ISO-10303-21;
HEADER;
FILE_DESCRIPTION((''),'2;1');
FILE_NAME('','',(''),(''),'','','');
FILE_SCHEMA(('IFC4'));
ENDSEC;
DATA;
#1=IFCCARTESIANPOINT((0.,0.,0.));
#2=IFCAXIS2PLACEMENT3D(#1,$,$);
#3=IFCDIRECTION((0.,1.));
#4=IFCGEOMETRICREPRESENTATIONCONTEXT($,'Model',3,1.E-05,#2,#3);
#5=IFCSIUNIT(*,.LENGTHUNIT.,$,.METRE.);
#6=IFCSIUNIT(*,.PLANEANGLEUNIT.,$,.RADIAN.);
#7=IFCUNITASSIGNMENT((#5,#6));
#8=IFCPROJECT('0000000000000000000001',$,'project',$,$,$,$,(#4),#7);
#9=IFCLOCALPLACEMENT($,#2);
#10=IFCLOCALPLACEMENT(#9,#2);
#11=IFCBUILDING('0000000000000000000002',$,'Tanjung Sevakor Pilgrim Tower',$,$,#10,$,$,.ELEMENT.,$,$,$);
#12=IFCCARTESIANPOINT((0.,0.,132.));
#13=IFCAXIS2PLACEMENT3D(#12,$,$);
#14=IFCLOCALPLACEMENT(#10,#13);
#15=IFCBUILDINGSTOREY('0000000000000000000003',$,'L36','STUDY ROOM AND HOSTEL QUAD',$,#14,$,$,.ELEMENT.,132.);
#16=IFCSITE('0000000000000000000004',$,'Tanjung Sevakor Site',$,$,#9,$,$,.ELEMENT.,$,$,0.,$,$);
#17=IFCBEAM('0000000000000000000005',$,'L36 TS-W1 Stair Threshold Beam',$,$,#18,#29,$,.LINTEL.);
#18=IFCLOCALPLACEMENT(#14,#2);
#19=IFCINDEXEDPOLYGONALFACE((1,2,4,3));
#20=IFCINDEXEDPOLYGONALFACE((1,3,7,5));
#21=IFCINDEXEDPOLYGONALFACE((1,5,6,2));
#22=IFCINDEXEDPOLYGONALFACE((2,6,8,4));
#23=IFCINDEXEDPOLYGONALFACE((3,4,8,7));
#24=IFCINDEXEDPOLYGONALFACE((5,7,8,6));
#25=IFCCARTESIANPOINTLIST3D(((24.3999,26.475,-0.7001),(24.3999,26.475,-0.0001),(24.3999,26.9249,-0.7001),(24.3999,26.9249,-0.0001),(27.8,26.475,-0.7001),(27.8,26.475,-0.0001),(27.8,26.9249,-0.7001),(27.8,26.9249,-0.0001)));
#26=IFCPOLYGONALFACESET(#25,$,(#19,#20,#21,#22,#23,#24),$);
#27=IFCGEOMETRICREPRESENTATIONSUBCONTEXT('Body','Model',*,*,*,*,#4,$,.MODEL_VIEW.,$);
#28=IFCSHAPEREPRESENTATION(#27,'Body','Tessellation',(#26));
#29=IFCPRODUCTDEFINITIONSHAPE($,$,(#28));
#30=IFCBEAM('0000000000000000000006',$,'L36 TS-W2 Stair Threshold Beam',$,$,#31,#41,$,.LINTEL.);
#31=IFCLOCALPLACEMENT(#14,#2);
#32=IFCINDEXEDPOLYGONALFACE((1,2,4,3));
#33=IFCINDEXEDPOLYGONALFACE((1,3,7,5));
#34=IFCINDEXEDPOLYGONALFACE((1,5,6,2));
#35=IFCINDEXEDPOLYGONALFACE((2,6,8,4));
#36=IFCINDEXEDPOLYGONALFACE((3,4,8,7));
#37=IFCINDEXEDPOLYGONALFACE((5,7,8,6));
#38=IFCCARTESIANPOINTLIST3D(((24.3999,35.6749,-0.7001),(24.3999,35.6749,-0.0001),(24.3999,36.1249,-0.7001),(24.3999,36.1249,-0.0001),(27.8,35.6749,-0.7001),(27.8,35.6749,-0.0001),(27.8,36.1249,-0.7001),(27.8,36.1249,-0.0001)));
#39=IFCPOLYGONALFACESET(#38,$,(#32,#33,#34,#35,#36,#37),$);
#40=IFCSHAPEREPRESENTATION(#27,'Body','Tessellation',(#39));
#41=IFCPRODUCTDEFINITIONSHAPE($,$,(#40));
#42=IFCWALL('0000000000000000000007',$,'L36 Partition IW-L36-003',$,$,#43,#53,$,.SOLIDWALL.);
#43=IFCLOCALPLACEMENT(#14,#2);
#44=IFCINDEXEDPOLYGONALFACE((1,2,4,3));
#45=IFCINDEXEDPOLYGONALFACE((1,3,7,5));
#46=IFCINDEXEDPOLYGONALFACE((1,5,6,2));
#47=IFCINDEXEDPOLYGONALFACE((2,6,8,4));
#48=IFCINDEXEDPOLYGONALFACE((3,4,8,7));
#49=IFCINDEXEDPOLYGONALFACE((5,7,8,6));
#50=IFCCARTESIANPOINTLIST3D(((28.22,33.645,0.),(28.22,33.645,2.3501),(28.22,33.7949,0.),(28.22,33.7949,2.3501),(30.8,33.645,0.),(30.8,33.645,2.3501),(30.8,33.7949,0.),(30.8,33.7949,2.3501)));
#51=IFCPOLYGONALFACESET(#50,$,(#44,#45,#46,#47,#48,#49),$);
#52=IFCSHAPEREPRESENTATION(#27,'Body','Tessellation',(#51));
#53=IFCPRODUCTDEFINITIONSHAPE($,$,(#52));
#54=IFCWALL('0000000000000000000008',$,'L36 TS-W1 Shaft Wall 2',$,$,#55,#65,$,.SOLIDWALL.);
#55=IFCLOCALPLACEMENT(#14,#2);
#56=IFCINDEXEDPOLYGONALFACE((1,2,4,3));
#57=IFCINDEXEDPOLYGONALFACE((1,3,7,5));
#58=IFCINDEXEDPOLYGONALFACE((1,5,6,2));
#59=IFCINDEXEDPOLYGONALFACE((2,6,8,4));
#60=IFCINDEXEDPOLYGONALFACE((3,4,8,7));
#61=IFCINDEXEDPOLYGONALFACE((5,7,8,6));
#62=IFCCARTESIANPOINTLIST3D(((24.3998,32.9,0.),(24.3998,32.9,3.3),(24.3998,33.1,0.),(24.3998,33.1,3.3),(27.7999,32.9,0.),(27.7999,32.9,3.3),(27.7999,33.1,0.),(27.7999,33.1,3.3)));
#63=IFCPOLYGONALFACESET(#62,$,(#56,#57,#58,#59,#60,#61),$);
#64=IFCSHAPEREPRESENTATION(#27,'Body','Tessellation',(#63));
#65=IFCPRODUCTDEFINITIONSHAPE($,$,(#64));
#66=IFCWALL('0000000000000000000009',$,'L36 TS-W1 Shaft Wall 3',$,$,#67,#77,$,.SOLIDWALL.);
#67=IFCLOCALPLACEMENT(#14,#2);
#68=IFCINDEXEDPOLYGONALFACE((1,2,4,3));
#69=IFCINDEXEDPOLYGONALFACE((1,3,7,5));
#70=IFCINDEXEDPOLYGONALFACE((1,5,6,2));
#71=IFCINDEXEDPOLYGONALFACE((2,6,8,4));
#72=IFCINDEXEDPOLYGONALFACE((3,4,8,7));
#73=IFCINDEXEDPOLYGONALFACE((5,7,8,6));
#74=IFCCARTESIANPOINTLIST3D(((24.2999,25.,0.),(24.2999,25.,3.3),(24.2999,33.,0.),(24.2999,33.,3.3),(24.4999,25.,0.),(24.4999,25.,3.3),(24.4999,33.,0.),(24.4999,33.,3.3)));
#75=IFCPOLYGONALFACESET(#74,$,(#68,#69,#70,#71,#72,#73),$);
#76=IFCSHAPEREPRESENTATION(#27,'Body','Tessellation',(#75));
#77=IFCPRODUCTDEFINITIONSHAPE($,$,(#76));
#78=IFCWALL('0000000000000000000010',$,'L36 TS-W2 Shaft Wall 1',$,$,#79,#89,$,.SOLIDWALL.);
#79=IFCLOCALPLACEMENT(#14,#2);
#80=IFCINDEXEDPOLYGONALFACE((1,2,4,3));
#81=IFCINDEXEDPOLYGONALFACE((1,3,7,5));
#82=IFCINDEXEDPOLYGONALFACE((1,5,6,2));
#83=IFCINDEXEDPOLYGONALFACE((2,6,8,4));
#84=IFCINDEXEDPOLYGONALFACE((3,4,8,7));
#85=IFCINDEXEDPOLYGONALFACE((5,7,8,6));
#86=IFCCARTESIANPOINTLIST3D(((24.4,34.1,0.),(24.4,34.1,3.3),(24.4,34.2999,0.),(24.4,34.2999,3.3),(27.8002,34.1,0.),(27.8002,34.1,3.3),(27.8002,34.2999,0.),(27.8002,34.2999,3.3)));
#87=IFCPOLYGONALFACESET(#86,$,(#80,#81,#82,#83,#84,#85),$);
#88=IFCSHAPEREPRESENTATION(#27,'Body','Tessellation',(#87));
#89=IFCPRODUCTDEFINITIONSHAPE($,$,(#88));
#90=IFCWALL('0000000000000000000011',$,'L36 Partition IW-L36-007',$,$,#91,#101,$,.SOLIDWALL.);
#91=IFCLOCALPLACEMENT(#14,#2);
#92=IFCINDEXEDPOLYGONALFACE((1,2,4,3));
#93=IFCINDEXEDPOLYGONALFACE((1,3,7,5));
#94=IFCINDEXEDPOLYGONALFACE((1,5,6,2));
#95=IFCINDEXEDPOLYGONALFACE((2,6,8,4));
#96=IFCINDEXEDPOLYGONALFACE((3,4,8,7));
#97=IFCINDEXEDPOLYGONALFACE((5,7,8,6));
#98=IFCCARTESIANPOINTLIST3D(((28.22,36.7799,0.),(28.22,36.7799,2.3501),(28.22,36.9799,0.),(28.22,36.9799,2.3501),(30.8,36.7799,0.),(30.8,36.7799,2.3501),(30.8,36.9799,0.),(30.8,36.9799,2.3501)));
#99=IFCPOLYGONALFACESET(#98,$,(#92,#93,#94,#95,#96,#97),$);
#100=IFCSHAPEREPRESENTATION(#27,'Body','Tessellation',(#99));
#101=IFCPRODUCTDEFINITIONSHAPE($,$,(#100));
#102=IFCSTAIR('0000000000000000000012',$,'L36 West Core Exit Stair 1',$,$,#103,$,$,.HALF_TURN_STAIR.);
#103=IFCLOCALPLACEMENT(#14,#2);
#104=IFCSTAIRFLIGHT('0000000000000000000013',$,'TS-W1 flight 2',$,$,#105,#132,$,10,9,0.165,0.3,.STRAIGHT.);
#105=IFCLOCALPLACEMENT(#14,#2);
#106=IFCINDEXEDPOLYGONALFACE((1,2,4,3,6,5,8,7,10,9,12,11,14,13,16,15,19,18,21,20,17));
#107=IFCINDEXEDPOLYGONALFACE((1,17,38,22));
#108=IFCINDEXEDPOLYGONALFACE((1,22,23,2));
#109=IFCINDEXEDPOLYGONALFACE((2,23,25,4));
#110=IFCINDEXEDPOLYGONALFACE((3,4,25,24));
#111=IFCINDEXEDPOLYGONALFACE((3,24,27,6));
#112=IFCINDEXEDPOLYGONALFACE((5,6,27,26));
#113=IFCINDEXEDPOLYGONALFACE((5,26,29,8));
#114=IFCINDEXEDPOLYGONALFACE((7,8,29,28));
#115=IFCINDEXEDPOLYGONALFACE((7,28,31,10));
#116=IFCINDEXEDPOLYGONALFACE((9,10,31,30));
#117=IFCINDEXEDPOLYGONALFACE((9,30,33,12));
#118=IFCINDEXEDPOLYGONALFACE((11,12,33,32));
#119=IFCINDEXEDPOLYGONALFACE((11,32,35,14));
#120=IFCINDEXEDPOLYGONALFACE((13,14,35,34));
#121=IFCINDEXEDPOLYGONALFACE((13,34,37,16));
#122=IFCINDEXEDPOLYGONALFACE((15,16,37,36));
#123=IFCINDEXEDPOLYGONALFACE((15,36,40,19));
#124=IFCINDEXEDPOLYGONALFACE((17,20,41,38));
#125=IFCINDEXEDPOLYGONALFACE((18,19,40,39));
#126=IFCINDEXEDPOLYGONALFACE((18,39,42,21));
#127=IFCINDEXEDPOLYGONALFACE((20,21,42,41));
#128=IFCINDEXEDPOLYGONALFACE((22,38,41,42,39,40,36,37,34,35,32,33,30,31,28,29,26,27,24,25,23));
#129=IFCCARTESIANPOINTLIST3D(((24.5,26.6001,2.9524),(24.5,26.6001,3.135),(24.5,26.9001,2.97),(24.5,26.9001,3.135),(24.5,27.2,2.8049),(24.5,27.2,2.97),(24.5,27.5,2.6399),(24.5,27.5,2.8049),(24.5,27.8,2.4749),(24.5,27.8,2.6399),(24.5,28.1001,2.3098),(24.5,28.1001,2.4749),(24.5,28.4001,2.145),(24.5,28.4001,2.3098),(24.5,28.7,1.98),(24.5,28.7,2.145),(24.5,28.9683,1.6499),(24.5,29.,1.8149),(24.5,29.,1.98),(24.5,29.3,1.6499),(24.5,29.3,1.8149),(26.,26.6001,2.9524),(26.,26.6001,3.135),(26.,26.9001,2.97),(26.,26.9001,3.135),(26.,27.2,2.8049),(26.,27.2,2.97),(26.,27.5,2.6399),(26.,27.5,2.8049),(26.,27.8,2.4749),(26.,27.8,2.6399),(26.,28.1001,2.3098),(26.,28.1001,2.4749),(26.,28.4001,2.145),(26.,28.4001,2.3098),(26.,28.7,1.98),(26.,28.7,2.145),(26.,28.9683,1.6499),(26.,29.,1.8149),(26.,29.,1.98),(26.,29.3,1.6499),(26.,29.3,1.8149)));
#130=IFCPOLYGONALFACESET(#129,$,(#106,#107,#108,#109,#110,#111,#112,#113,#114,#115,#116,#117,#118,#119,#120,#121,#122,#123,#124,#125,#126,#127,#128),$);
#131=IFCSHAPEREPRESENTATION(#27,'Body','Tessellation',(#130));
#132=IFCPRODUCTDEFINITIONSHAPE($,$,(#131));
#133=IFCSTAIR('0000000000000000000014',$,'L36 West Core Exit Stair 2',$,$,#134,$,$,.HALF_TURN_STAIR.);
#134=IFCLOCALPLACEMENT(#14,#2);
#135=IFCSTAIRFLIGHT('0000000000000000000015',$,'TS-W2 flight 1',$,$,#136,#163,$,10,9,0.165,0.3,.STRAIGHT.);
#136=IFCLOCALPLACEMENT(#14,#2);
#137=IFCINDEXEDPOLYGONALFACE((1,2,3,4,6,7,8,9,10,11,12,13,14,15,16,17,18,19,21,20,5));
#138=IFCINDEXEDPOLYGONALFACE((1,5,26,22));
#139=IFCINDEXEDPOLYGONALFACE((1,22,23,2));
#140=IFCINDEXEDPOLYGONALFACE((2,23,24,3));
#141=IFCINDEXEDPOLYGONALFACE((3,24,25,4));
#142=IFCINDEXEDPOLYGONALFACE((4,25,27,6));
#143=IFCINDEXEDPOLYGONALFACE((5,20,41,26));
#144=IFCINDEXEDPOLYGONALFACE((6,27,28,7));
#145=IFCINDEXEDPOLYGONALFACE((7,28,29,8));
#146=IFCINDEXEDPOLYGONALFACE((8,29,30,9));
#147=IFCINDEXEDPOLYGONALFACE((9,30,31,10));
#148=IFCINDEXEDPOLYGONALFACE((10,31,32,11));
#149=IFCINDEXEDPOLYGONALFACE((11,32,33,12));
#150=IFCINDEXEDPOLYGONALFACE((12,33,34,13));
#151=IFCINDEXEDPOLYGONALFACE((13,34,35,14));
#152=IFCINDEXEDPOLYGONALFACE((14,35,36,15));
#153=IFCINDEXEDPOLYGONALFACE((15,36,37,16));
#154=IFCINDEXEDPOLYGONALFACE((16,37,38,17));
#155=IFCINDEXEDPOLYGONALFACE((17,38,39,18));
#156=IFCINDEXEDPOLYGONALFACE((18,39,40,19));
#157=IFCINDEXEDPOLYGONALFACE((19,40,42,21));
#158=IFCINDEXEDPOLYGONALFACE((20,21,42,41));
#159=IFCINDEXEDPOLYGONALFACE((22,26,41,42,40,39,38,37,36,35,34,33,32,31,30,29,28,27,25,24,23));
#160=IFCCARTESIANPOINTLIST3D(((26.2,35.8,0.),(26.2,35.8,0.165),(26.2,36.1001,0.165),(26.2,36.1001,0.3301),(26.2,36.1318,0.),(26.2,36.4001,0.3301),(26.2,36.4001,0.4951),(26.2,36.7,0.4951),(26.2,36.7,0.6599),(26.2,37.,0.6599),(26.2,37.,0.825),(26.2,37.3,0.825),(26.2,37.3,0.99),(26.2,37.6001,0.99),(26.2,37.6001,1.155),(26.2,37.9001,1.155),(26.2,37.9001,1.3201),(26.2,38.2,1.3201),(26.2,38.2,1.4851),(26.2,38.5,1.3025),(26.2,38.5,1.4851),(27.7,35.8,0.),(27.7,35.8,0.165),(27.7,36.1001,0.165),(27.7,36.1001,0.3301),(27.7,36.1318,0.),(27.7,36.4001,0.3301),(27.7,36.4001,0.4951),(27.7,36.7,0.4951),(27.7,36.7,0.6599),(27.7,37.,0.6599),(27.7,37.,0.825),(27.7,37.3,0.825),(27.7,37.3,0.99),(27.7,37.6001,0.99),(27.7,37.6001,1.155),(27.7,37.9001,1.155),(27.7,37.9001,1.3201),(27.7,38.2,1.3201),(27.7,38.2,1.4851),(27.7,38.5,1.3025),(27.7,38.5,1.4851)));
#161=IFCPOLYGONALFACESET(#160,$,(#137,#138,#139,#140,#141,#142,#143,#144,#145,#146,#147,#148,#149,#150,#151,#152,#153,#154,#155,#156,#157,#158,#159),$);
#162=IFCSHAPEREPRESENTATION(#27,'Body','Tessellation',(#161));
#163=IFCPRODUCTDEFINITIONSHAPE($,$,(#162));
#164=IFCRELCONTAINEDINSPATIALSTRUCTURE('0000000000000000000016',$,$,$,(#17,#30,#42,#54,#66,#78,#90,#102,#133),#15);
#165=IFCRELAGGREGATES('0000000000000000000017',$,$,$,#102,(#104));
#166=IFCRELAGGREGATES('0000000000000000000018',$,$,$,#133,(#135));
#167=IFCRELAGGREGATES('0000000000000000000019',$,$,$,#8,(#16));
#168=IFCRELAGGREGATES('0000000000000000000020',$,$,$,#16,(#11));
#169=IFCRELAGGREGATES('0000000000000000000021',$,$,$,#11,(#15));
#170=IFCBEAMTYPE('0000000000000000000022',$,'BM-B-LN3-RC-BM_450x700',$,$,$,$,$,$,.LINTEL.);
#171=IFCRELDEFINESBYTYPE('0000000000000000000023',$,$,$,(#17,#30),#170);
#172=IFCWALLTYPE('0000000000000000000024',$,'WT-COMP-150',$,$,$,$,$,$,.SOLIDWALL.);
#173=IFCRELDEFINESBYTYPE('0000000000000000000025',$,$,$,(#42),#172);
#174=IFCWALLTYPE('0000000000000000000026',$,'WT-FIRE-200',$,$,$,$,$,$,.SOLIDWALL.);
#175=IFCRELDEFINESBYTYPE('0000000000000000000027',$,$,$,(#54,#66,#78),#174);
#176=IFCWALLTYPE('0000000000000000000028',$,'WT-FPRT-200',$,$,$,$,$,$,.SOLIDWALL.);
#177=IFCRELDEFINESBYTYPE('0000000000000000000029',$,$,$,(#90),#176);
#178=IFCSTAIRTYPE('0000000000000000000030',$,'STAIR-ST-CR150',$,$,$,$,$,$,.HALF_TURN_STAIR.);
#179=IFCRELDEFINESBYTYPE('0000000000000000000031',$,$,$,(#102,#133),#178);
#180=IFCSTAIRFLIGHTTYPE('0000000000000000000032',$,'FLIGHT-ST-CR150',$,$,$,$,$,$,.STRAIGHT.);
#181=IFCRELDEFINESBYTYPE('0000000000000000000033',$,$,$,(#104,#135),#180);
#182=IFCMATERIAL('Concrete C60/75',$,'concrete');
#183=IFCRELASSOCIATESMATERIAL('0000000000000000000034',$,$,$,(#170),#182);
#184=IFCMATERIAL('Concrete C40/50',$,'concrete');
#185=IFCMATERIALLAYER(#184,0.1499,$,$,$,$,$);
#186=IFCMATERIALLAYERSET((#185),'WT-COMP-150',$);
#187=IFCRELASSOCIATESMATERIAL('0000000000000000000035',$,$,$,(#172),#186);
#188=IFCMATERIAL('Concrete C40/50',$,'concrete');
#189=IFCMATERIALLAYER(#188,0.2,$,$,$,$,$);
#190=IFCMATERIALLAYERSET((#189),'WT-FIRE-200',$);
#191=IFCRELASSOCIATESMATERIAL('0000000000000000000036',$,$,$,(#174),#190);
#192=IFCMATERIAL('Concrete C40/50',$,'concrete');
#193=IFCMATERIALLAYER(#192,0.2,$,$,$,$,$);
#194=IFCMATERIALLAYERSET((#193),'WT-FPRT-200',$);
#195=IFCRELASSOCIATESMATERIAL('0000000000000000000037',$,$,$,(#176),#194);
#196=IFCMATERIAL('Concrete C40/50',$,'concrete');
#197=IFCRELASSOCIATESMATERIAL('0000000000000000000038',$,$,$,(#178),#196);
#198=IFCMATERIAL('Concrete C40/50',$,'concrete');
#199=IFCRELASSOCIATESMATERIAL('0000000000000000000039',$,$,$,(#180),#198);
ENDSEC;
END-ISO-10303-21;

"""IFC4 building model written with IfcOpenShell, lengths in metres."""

from ifc_helpers import new_model, si_unit, direction, frame, frame_2d, origin, origin_2d, place, context, subcontext, project, spatial, polyline, rectangle, outline, extrude, material, layer, layer_set, material_profile, profile_set, type_object, element, aggregate, save


model = new_model("IFC4")

# Units and contexts
model_context = context("Model", 3, precision=1e-05, world=origin(), true_north=direction((0.0, 1.0)))
body_context = subcontext(model_context, "Body", "Model", "MODEL_VIEW")
ifc_project = project(units=[si_unit("LENGTHUNIT", "METRE"), si_unit("PLANEANGLEUNIT", "RADIAN")], contexts=[model_context])

# Site, building, storey
site_placement = place(None, origin())
site = spatial("IfcSite", under=ifc_project, at=site_placement, Name="Tanjung Sevakor Site", CompositionType="ELEMENT", RefElevation=0.0)
building_placement = place(site_placement, origin())
building = spatial("IfcBuilding", under=site, at=building_placement, Name="Tanjung Sevakor Pilgrim Tower", CompositionType="ELEMENT")
storey_placement = place(building_placement, frame((0.0, 0.0, 132.0)))
storey = spatial("IfcBuildingStorey", under=building, at=storey_placement, Name="L36", Description="STUDY ROOM AND HOSTEL QUAD", CompositionType="ELEMENT", Elevation=132.0)

# Beams
ifc_material_1 = material(Name="Concrete C60/75", Category="concrete")
ifc_material_profile = material_profile(ifc_material_1, rectangle(XDim=0.45, YDim=0.7, at=origin_2d()))
ifc_profile_set = profile_set([ifc_material_profile], Name="Concrete C60/75")
beam_type = type_object("IfcBeamType", Name="BM-B-LN3-RC-BM_450x700", PredefinedType="LINTEL", material=ifc_profile_set)
for number, where, z_axis, x_axis, name in (
    (1, (24.3999, 26.7, -0.3501), (1.0, 0.0, 0.0), (0.0, 1.0, 0.0), "L36 TS-W1 Stair Threshold Beam"),
    (2, (24.3999, 35.8999, -0.3501), (1.0, 0.0, 0.0), (0.0, 1.0, 0.0), "L36 TS-W2 Stair Threshold Beam"),
):
    element("IfcBeam", number, at=place(storey_placement, frame(where, z_axis=z_axis, x_axis=x_axis)), inside=storey, type_object=beam_type, Name=name, PredefinedType="LINTEL", context=body_context, shape_type="SweptSolid", body=[
        extrude(rectangle(XDim=0.45, YDim=0.7, at=origin_2d()), origin(), (0.0, 0.0, 1.0), 3.4001),
    ])

# Walls
ifc_material_2 = material(Name="Concrete C40/50", Category="concrete")
ifc_layer_1 = layer(ifc_material_2, 0.1499)
ifc_layer_set_1 = layer_set([ifc_layer_1], Name="WT-COMP-150")
wall_type_1 = type_object("IfcWallType", Name="WT-COMP-150", PredefinedType="SOLIDWALL", material=ifc_layer_set_1)
wall_1_placement = place(storey_placement, frame((28.22, 33.72, 0.0), z_axis=(0.0, 0.0, 1.0), x_axis=(1.0, 0.0, 0.0)))
element("IfcWall", 3, at=wall_1_placement, inside=storey, type_object=wall_type_1, Name="L36 Partition IW-L36-003", PredefinedType="SOLIDWALL", context=body_context, shape_type="SweptSolid", body=[
    extrude(rectangle(XDim=2.5801, YDim=0.1499, at=frame_2d((1.29, 0.0))), origin(), (0.0, 0.0, 1.0), 2.3501),
])
ifc_material_3 = material(Name="Concrete C40/50", Category="concrete")
ifc_layer_2 = layer(ifc_material_3, 0.2)
ifc_layer_set_2 = layer_set([ifc_layer_2], Name="WT-FIRE-200")
wall_type_2 = type_object("IfcWallType", Name="WT-FIRE-200", PredefinedType="SOLIDWALL", material=ifc_layer_set_2)
wall_2_placement = place(storey_placement, frame((27.8, 33.0, 0.0), z_axis=(0.0, 0.0, 1.0), x_axis=(-1.0, 0.0, 0.0)))
element("IfcWall", 4, at=wall_2_placement, inside=storey, type_object=wall_type_2, Name="L36 TS-W1 Shaft Wall 2", PredefinedType="SOLIDWALL", context=body_context, shape_type="SweptSolid", body=[
    extrude(rectangle(XDim=3.4001, YDim=0.2, at=frame_2d((1.7002, 0.0))), origin(), (0.0, 0.0, 1.0), 3.3),
])
wall_3_placement = place(storey_placement, frame((24.3999, 33.0, 0.0), z_axis=(0.0, 0.0, 1.0), x_axis=(0.0, -1.0, 0.0)))
element("IfcWall", 5, at=wall_3_placement, inside=storey, type_object=wall_type_2, Name="L36 TS-W1 Shaft Wall 3", PredefinedType="SOLIDWALL", context=body_context, shape_type="SweptSolid", body=[
    extrude(rectangle(XDim=8.0, YDim=0.2, at=frame_2d((4.0, 0.0))), origin(), (0.0, 0.0, 1.0), 3.3),
])
wall_4_placement = place(storey_placement, frame((24.3999, 34.2, 0.0), z_axis=(0.0, 0.0, 1.0), x_axis=(1.0, 0.0, 0.0)))
element("IfcWall", 6, at=wall_4_placement, inside=storey, type_object=wall_type_2, Name="L36 TS-W2 Shaft Wall 1", PredefinedType="SOLIDWALL", context=body_context, shape_type="SweptSolid", body=[
    extrude(rectangle(XDim=3.4001, YDim=0.2, at=frame_2d((1.7002, 0.0))), origin(), (0.0, 0.0, 1.0), 3.3),
])

# Shared definitions
ifc_material_4 = material(Name="Concrete C40/50", Category="concrete")
ifc_layer_3 = layer(ifc_material_4, 0.2)
ifc_layer_set_3 = layer_set([ifc_layer_3], Name="WT-FPRT-200")
wall_type_3 = type_object("IfcWallType", Name="WT-FPRT-200", PredefinedType="SOLIDWALL", material=ifc_layer_set_3)

# Wall
wall_5_placement = place(storey_placement, frame((28.22, 36.8799, 0.0), z_axis=(0.0, 0.0, 1.0), x_axis=(1.0, 0.0, 0.0)))
element("IfcWall", 7, at=wall_5_placement, inside=storey, type_object=wall_type_3, Name="L36 Partition IW-L36-007", PredefinedType="SOLIDWALL", context=body_context, shape_type="SweptSolid", body=[
    extrude(rectangle(XDim=2.5801, YDim=0.2, at=frame_2d((1.29, 0.0))), origin(), (0.0, 0.0, 1.0), 2.3501),
])

# Stair, stair flight
ifc_material_5 = material(Name="Concrete C40/50", Category="concrete")
stair_type = type_object("IfcStairType", Name="STAIR-ST-CR150", PredefinedType="HALF_TURN_STAIR", material=ifc_material_5)
stair_1_placement = place(storey_placement, origin())
stair_1 = element("IfcStair", 8, at=stair_1_placement, inside=storey, type_object=stair_type, Name="L36 West Core Exit Stair 1", PredefinedType="HALF_TURN_STAIR")
ifc_material_6 = material(Name="Concrete C40/50", Category="concrete")
stair_flight_type = type_object("IfcStairFlightType", Name="FLIGHT-ST-CR150", PredefinedType="STRAIGHT", material=ifc_material_6)
stair_flight_1_placement = place(storey_placement, frame((25.25, 29.3, 1.6499), z_axis=(0.0, 0.0, 1.0), x_axis=(0.0, -1.0, 0.0)))
stair_flight_1 = element("IfcStairFlight", 9, at=stair_flight_1_placement, type_object=stair_flight_type, Name="TS-W1 flight 2", NumberOfRisers=10, NumberOfTreads=9, PredefinedType="STRAIGHT", RiserHeight=0.165, TreadLength=0.3, context=body_context, shape_type="SweptSolid", body=[
    extrude(outline(polyline([(0.0, 0.0), (0.0, 0.165), (0.3, 0.165), (0.3, 0.3301), (0.6001, 0.3301), (0.6001, 0.4951), (0.8999, 0.4951), (0.8999, 0.6599), (1.2, 0.6599), (1.2, 0.825), (1.5, 0.825), (1.5, 0.99), (1.8, 0.99), (1.8, 1.155), (2.1001, 1.155), (2.1001, 1.3201), (2.3999, 1.3201), (2.3999, 1.4851), (2.7, 1.4851), (2.7, 1.6499), (2.7, 1.3025), (0.3318, 0.0), (0.0, 0.0)])), frame((0.0, 0.75, 0.0), z_axis=(0.0, -1.0, 0.0), x_axis=(1.0, 0.0, 0.0)), (0.0, 0.0, 1.0), 1.5),
])
aggregate(stair_1, [stair_flight_1])

# Stair, stair flight
stair_2_placement = place(storey_placement, origin())
stair_2 = element("IfcStair", 10, at=stair_2_placement, inside=storey, type_object=stair_type, Name="L36 West Core Exit Stair 2", PredefinedType="HALF_TURN_STAIR")
stair_flight_2_placement = place(storey_placement, frame((26.95, 35.8, 0.0), z_axis=(0.0, 0.0, 1.0), x_axis=(0.0, 1.0, 0.0)))
stair_flight_2 = element("IfcStairFlight", 11, at=stair_flight_2_placement, type_object=stair_flight_type, Name="TS-W2 flight 1", NumberOfRisers=10, NumberOfTreads=9, PredefinedType="STRAIGHT", RiserHeight=0.165, TreadLength=0.3, context=body_context, shape_type="SweptSolid", body=[
    extrude(outline(polyline([(0.0, 0.0), (0.0, 0.165), (0.3, 0.165), (0.3, 0.3301), (0.6001, 0.3301), (0.6001, 0.4951), (0.8999, 0.4951), (0.8999, 0.6599), (1.2, 0.6599), (1.2, 0.825), (1.5, 0.825), (1.5, 0.99), (1.8, 0.99), (1.8, 1.155), (2.1001, 1.155), (2.1001, 1.3201), (2.3999, 1.3201), (2.3999, 1.4851), (2.7, 1.4851), (2.7, 1.6499), (2.7, 1.3025), (0.3318, 0.0), (0.0, 0.0)])), frame((0.0, 0.75, 0.0), z_axis=(0.0, -1.0, 0.0), x_axis=(1.0, 0.0, 0.0)), (0.0, 0.0, 1.0), 1.5),
])
aggregate(stair_2, [stair_flight_2])

save(model, "model.ifc")
